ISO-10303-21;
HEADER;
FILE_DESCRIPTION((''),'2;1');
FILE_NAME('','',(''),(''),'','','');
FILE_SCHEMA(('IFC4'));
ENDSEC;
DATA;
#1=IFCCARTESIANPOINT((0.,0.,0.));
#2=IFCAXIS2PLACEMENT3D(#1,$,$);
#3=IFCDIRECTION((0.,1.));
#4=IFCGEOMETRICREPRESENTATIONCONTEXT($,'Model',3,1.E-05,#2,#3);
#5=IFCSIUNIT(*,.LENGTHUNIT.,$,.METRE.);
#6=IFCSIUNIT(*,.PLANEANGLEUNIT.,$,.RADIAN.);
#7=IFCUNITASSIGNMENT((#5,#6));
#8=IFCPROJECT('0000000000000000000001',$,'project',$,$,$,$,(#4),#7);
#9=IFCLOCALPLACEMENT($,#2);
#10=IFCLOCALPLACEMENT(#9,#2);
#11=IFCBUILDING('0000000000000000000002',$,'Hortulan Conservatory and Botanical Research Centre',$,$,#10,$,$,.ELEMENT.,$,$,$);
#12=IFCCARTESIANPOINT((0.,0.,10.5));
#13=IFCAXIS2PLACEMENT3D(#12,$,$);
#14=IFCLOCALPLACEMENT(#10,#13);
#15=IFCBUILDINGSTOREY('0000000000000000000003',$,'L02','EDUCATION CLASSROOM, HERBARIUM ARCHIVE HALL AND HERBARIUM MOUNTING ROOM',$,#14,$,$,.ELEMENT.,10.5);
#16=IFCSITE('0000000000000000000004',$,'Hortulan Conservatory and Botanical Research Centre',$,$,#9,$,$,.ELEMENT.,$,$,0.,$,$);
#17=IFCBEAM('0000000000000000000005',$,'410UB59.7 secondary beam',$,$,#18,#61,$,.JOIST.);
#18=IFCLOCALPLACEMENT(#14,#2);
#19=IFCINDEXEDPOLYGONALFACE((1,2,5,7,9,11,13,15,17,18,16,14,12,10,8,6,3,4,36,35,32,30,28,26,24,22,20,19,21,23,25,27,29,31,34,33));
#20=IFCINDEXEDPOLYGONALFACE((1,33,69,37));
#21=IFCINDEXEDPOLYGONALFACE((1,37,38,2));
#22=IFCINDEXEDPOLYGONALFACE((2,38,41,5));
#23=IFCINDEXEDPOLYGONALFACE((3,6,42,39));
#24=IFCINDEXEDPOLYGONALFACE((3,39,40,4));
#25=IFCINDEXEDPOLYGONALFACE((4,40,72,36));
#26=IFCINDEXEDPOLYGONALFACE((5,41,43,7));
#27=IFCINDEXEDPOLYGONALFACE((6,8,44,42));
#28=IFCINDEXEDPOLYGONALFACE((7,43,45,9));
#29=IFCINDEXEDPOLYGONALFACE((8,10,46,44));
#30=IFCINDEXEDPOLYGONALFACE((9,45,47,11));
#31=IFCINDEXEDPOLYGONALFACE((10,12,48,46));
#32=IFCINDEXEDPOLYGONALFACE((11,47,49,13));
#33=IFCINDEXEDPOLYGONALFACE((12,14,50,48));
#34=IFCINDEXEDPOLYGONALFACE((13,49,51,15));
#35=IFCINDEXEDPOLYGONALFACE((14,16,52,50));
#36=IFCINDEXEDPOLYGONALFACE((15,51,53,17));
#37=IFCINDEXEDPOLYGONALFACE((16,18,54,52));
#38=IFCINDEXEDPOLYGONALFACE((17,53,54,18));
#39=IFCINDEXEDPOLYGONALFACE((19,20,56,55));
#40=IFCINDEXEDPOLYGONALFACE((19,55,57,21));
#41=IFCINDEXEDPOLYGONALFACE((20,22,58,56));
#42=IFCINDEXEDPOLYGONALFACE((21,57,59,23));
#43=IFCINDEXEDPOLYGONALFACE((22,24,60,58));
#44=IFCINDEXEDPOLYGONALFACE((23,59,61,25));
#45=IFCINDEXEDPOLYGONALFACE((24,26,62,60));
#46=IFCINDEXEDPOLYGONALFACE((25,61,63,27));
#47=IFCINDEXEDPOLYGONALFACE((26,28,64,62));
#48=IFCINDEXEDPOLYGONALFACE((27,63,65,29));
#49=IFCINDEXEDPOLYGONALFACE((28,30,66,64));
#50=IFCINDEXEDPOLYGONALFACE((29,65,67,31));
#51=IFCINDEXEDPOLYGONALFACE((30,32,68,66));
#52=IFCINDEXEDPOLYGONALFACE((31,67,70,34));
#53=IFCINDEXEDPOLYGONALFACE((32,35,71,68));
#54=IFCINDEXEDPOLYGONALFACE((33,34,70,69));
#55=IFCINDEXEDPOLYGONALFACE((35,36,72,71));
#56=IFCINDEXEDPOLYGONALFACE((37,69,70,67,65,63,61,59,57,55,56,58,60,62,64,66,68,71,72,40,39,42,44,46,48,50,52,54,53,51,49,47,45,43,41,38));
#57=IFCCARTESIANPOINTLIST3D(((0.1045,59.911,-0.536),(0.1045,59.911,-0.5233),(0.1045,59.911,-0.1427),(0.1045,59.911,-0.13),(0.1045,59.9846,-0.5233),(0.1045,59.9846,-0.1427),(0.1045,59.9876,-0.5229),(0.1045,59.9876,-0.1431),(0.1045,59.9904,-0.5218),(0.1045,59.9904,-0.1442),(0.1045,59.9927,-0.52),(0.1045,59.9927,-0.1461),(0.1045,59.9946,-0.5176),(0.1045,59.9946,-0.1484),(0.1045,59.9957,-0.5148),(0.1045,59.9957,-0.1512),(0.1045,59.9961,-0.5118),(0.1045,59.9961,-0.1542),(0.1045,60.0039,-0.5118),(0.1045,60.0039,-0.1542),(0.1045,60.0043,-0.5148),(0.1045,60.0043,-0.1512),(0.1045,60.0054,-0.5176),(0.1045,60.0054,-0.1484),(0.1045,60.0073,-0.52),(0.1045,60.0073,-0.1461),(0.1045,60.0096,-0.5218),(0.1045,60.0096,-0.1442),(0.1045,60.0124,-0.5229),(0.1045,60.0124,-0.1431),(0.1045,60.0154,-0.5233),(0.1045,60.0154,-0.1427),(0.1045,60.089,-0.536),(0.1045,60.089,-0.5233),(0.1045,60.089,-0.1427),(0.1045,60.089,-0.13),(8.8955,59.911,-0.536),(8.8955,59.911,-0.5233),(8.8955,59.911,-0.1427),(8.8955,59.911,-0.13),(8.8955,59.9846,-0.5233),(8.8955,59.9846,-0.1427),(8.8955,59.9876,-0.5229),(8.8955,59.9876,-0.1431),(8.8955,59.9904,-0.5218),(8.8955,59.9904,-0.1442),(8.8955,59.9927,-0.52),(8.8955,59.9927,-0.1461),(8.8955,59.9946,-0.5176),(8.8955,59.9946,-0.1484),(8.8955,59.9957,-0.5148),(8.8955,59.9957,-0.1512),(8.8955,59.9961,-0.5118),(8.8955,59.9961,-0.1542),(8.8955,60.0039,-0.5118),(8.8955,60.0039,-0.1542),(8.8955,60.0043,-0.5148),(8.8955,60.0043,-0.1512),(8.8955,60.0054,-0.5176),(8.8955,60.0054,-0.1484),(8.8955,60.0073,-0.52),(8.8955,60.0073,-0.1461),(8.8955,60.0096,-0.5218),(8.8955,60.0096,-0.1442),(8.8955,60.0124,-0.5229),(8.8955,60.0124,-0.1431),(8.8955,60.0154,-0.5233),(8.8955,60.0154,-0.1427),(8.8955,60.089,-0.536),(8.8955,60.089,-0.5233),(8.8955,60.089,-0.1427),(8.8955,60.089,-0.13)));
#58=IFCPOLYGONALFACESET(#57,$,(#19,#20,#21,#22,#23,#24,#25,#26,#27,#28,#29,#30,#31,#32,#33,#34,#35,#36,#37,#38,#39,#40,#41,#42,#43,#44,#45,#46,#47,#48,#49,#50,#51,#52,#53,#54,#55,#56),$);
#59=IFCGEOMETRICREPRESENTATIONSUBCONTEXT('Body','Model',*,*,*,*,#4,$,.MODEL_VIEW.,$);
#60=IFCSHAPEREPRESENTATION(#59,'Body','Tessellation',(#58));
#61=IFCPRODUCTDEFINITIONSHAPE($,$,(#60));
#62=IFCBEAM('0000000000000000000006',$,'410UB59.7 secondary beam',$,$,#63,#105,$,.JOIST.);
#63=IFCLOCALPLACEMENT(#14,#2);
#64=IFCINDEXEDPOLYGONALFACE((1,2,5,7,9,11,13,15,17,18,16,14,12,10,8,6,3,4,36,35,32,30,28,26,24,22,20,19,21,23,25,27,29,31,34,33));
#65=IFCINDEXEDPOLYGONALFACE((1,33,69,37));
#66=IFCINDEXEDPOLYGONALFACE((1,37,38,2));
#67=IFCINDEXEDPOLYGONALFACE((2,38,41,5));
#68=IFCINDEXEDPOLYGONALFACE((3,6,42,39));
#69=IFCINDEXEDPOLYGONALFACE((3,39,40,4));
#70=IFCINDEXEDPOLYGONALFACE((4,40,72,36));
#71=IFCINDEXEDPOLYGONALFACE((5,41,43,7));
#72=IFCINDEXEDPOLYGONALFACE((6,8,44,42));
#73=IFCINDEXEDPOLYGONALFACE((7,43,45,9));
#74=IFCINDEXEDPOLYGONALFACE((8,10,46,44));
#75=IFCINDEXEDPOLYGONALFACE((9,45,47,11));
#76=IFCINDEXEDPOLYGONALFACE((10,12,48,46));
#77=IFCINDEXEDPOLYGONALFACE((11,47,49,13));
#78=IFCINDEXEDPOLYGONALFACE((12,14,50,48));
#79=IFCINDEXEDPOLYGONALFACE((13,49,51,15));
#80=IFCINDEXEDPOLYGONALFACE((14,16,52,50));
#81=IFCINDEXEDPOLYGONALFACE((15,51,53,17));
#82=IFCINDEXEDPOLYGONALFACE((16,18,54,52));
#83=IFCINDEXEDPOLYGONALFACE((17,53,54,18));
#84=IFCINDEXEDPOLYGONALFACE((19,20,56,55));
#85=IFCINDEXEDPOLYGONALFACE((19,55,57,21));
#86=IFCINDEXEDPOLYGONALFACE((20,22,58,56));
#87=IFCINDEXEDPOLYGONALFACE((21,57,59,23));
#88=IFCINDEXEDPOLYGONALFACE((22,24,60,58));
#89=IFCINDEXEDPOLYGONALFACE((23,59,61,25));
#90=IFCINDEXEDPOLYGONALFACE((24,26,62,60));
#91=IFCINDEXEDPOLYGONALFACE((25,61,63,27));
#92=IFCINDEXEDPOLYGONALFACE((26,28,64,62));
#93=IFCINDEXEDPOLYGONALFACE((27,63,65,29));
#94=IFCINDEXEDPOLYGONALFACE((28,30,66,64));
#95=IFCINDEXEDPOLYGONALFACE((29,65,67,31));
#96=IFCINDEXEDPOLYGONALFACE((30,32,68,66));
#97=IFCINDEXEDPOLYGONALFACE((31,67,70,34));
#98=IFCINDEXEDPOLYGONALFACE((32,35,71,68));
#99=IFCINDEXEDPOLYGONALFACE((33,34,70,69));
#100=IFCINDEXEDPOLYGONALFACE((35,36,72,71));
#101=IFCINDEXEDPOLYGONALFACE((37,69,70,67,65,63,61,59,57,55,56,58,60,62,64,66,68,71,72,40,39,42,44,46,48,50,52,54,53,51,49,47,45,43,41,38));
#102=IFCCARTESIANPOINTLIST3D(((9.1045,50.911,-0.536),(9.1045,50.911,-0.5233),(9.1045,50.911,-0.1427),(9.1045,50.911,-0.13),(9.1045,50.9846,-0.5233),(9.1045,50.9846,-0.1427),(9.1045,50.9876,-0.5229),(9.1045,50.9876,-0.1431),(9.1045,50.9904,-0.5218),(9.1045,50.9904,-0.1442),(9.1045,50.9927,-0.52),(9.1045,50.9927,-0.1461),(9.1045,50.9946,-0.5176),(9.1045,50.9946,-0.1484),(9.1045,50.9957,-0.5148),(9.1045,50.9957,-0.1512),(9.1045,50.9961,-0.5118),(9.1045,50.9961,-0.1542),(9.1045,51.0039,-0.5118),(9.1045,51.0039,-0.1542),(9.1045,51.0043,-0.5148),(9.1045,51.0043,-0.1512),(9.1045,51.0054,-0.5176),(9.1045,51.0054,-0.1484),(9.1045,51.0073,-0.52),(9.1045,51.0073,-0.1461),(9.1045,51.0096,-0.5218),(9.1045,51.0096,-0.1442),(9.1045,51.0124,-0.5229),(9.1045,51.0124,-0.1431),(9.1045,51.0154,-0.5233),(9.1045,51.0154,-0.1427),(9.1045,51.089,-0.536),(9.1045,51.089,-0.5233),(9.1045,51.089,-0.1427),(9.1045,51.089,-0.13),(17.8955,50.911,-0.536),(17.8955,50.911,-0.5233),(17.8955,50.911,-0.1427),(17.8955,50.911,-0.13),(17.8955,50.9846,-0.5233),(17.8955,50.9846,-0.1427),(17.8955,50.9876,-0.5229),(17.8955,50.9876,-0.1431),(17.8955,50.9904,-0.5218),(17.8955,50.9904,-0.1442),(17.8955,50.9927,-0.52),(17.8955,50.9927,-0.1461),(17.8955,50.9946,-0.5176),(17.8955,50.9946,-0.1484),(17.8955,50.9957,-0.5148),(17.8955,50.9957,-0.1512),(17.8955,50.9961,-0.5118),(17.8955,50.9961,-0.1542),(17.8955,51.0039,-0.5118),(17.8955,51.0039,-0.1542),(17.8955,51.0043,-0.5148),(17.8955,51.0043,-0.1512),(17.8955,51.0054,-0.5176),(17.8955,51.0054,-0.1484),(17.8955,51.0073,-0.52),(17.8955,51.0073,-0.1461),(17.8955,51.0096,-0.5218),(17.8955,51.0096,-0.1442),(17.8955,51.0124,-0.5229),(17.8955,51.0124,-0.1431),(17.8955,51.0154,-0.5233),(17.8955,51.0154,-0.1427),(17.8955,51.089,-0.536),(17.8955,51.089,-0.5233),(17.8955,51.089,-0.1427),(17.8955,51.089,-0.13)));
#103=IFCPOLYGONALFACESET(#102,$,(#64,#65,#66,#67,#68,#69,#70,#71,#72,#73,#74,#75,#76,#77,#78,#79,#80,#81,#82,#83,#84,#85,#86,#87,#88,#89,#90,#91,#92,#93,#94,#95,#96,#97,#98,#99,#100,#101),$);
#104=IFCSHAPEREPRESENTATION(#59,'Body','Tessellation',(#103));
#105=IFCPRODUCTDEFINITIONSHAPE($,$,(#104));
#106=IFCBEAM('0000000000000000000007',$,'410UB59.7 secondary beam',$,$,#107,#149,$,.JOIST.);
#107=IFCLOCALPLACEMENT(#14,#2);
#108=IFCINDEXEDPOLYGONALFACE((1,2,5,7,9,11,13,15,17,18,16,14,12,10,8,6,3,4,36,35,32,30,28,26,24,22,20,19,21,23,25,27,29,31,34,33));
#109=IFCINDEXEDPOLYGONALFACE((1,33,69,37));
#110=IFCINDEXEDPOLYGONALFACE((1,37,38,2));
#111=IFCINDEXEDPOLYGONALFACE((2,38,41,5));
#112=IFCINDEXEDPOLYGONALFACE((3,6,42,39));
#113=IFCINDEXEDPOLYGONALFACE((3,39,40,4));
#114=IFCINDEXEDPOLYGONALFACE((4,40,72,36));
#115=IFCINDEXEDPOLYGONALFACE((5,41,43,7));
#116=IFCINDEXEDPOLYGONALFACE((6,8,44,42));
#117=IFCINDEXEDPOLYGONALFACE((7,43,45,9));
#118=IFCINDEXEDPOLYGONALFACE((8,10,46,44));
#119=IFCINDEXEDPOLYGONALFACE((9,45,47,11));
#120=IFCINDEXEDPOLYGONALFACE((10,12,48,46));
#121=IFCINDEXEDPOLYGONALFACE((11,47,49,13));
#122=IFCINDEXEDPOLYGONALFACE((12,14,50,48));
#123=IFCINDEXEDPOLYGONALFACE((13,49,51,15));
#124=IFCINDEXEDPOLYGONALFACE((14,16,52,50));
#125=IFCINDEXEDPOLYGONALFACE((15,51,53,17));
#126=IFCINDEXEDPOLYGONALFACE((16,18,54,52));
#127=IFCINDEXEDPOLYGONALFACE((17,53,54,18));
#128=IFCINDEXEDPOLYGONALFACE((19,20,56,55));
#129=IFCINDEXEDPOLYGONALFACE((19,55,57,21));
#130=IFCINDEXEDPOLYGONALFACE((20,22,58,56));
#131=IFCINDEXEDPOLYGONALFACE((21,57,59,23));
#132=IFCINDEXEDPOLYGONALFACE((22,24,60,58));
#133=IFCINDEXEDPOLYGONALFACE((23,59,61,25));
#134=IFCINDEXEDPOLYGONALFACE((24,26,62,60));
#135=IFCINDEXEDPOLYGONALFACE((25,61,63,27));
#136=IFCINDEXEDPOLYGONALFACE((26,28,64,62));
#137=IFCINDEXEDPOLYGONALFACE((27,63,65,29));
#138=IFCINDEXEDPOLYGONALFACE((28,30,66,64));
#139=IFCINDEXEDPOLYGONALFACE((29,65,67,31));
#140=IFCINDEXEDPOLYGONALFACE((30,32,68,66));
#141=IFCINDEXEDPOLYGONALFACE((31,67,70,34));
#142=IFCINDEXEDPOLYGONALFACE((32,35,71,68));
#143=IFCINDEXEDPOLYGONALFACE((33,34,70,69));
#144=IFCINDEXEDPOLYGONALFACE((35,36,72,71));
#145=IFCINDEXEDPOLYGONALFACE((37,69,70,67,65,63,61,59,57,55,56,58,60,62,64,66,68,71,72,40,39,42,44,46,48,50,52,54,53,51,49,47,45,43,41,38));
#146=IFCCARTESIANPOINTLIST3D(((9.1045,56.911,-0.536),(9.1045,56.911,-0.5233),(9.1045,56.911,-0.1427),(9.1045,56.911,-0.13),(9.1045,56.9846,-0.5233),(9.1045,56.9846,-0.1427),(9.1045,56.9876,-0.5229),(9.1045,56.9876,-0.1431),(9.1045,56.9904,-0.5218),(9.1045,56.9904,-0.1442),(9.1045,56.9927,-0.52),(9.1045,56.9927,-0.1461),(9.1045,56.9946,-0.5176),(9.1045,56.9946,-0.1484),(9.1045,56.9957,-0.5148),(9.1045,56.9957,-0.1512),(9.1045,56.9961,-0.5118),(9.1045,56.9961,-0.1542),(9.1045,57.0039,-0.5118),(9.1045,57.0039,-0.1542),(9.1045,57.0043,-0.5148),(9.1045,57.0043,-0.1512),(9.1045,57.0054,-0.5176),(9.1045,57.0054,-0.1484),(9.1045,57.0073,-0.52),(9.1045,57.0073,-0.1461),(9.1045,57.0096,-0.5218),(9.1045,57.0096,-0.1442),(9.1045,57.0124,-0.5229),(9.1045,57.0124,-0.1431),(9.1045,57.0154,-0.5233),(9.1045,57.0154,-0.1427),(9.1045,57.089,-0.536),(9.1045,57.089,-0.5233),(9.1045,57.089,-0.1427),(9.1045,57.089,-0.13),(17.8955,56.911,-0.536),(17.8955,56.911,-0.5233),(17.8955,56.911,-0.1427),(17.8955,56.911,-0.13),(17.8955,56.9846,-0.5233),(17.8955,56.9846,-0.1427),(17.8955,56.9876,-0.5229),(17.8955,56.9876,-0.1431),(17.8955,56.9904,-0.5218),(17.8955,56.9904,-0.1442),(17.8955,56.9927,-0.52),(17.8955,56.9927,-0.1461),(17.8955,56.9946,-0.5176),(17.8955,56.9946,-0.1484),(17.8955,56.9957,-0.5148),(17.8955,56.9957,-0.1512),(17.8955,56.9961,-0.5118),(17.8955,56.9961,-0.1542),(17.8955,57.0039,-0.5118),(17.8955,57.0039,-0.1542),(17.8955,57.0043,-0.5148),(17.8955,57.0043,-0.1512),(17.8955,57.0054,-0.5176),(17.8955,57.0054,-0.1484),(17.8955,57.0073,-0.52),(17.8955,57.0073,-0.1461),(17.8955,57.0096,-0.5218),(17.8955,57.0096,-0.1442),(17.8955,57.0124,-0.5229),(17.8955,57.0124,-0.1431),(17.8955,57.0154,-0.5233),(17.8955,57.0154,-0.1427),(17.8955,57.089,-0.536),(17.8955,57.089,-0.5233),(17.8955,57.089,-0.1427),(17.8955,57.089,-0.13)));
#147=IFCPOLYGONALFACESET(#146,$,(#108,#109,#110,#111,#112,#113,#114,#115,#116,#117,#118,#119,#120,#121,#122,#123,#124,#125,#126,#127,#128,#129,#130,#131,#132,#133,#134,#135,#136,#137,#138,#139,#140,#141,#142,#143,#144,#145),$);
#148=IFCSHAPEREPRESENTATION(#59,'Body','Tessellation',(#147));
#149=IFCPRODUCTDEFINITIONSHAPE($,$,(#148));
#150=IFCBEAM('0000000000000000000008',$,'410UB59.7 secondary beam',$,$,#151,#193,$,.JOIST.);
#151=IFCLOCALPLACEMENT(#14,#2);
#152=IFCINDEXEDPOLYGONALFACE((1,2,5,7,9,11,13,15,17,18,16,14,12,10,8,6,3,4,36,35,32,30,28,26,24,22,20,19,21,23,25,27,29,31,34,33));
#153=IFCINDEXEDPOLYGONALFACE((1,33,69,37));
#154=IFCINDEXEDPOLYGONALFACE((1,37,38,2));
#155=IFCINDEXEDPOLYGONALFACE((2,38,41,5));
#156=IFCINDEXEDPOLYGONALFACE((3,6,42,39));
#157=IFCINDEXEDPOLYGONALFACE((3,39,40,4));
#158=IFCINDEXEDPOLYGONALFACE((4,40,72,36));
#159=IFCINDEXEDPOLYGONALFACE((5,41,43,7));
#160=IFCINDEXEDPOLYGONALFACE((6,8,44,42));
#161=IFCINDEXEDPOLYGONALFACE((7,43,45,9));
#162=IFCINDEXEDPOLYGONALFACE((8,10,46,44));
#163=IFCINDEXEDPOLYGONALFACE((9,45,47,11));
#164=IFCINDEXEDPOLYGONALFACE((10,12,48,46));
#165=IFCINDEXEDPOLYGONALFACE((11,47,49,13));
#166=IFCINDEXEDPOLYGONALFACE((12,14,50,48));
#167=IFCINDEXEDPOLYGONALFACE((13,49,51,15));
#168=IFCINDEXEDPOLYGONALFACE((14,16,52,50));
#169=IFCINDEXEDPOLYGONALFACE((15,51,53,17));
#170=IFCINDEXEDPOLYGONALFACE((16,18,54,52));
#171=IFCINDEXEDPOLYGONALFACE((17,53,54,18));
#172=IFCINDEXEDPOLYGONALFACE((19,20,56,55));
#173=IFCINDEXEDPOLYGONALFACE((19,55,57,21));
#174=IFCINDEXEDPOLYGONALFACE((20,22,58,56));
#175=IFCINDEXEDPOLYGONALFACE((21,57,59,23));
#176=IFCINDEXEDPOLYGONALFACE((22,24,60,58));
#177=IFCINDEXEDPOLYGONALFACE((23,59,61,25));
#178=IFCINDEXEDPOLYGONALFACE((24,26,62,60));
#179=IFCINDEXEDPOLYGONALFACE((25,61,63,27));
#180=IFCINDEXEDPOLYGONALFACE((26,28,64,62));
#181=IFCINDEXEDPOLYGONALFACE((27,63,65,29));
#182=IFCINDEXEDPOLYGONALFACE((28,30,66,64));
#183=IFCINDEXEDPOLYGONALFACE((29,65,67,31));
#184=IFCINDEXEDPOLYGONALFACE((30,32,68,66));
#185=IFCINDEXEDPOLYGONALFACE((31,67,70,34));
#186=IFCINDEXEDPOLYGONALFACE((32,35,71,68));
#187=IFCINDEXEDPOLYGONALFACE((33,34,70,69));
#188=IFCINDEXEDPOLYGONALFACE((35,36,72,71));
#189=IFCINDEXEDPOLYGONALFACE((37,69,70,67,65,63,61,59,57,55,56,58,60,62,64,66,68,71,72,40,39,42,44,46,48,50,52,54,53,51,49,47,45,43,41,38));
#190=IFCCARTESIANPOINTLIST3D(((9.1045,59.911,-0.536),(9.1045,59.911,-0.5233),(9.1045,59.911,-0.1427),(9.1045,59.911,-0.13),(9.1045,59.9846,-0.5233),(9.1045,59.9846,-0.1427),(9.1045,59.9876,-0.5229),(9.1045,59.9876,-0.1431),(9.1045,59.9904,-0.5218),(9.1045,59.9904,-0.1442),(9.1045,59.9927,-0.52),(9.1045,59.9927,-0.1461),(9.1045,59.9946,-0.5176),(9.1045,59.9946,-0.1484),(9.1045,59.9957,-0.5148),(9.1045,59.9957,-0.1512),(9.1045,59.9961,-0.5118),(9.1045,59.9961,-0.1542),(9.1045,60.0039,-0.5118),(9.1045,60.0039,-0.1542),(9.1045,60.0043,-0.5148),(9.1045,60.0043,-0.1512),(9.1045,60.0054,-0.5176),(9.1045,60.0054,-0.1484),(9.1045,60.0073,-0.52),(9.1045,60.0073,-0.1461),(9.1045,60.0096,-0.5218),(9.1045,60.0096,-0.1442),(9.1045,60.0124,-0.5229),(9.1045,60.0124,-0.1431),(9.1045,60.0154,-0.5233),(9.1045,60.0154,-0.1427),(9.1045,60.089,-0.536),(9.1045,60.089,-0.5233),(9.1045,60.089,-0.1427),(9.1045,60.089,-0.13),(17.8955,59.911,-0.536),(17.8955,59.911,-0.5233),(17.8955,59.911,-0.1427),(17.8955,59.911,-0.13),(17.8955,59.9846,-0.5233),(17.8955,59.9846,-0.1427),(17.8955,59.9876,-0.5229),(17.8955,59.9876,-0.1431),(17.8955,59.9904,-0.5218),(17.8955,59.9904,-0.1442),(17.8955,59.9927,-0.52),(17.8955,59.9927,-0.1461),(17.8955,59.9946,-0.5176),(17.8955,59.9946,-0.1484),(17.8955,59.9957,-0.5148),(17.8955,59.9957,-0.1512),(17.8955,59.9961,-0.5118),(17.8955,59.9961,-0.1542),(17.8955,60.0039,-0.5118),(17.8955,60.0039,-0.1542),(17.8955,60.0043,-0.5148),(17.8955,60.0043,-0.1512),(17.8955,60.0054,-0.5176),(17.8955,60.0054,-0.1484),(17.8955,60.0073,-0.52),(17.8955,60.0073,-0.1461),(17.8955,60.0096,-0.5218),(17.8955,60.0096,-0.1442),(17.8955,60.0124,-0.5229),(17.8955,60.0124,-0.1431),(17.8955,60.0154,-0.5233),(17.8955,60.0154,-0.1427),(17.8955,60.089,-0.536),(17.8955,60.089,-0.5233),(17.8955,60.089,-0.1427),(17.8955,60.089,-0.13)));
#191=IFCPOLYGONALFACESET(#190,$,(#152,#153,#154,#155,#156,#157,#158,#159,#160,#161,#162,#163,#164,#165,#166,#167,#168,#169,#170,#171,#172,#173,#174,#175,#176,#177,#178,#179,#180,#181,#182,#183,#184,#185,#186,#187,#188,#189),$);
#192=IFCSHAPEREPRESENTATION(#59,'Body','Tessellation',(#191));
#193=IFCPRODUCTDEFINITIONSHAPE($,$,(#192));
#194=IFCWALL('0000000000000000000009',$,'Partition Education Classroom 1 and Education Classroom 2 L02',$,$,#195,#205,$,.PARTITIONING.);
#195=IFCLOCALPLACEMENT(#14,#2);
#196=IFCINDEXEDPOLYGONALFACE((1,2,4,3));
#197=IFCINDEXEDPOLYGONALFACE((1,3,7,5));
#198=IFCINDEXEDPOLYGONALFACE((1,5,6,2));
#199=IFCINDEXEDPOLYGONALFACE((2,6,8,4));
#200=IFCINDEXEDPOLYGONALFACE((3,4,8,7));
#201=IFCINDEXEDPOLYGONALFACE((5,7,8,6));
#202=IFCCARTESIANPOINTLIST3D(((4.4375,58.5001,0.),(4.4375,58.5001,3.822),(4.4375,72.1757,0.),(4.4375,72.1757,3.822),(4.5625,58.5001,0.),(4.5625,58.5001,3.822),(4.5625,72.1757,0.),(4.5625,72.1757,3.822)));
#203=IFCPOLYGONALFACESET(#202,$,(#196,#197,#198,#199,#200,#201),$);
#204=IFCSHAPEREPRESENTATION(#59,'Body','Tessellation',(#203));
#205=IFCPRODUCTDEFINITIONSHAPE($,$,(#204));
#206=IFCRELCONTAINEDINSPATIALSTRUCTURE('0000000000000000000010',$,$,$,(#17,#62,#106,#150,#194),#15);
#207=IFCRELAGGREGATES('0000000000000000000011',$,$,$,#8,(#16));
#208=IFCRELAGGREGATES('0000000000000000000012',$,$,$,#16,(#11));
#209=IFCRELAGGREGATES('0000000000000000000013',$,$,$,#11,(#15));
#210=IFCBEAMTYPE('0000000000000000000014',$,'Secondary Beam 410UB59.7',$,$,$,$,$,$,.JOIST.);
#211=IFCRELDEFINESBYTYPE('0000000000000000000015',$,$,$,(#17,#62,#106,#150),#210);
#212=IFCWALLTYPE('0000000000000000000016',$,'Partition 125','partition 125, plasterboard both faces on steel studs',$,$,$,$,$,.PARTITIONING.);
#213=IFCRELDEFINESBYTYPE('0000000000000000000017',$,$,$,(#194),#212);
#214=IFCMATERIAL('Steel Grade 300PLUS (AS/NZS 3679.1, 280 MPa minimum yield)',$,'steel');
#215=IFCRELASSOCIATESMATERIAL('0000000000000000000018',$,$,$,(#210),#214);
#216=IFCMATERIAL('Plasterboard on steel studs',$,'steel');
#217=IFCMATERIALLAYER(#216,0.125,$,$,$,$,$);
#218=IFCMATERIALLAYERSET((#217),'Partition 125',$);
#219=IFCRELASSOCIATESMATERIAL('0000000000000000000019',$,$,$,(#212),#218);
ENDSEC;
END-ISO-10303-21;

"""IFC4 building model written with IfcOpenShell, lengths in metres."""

from ifc_helpers import new_model, si_unit, direction, frame, frame_2d, origin, origin_2d, place, context, subcontext, project, spatial, rectangle, i_section, extrude, material, layer, layer_set, material_profile, profile_set, type_object, element, save


model = new_model("IFC4")

# Units and contexts
model_context = context("Model", 3, precision=1e-05, world=origin(), true_north=direction((0.0, 1.0)))
body_context = subcontext(model_context, "Body", "Model", "MODEL_VIEW")
ifc_project = project(units=[si_unit("LENGTHUNIT", "METRE"), si_unit("PLANEANGLEUNIT", "RADIAN")], contexts=[model_context])

# Site, building, storey
site_placement = place(None, origin())
site = spatial("IfcSite", under=ifc_project, at=site_placement, Name="Hortulan Conservatory and Botanical Research Centre", CompositionType="ELEMENT", RefElevation=0.0)
building_placement = place(site_placement, origin())
building = spatial("IfcBuilding", under=site, at=building_placement, Name="Hortulan Conservatory and Botanical Research Centre", CompositionType="ELEMENT")
storey_placement = place(building_placement, frame((0.0, 0.0, 10.5)))
storey = spatial("IfcBuildingStorey", under=building, at=storey_placement, Name="L02", Description="EDUCATION CLASSROOM, HERBARIUM ARCHIVE HALL AND HERBARIUM MOUNTING ROOM", CompositionType="ELEMENT", Elevation=10.5)

# Shared definitions
ifc_material_1 = material(Name="Steel Grade 300PLUS (AS/NZS 3679.1, 280 MPa minimum yield)", Category="steel")

# Beams
ifc_material_profile_1 = material_profile(ifc_material_1, i_section(OverallWidth=0.178, OverallDepth=0.406, WebThickness=0.0078, FlangeThickness=0.0127, FilletRadius=0.0115, at=origin_2d()), Name="410UB59.7")
ifc_profile_set_1 = profile_set([ifc_material_profile_1], Name="Steel Grade 300PLUS (AS/NZS 3679.1, 280 MPa minimum yield)")
beam_type_1 = type_object("IfcBeamType", Name="Secondary Beam 410UB59.7", PredefinedType="JOIST", material=ifc_profile_set_1)
for number, where, z_axis, x_axis, name in (
    (1, (0.1045, 60.0, -0.333), (1.0, 0.0, 0.0), (0.0, 1.0, 0.0), "410UB59.7 secondary beam"),
    (2, (9.1045, 51.0, -0.333), (1.0, 0.0, 0.0), (0.0, 1.0, 0.0), "410UB59.7 secondary beam"),
    (3, (9.1045, 57.0, -0.333), (1.0, 0.0, 0.0), (0.0, 1.0, 0.0), "410UB59.7 secondary beam"),
    (4, (9.1045, 60.0, -0.333), (1.0, 0.0, 0.0), (0.0, 1.0, 0.0), "410UB59.7 secondary beam"),
):
    element("IfcBeam", number, at=place(storey_placement, frame(where, z_axis=z_axis, x_axis=x_axis)), inside=storey, type_object=beam_type_1, Name=name, PredefinedType="JOIST", context=body_context, shape_type="SweptSolid", body=[
        extrude(i_section(OverallWidth=0.178, OverallDepth=0.406, WebThickness=0.0078, FlangeThickness=0.0127, FilletRadius=0.0115, at=origin_2d()), origin(), (0.0, 0.0, 1.0), 8.791),
    ])

# Wall
ifc_material_2 = material(Name="Plasterboard on steel studs", Category="steel")
ifc_layer_1 = layer(ifc_material_2, 0.125)
ifc_layer_set_1 = layer_set([ifc_layer_1], Name="Partition 125")
wall_type = type_object("IfcWallType", Name="Partition 125", Description="partition 125, plasterboard both faces on steel studs", PredefinedType="PARTITIONING", material=ifc_layer_set_1)
wall_1_placement = place(storey_placement, frame((4.5, 58.5, 0.0), z_axis=(0.0, 0.0, 1.0), x_axis=(0.0, 1.0, 0.0)))
element("IfcWall", 5, at=wall_1_placement, inside=storey, type_object=wall_type, Name="Partition Education Classroom 1 and Education Classroom 2 L02", PredefinedType="PARTITIONING", context=body_context, shape_type="SweptSolid", body=[
    extrude(rectangle(XDim=13.6755, YDim=0.125, at=frame_2d((6.8379, 0.0))), origin(), (0.0, 0.0, 1.0), 3.822),
])

save(model, "model.ifc")
